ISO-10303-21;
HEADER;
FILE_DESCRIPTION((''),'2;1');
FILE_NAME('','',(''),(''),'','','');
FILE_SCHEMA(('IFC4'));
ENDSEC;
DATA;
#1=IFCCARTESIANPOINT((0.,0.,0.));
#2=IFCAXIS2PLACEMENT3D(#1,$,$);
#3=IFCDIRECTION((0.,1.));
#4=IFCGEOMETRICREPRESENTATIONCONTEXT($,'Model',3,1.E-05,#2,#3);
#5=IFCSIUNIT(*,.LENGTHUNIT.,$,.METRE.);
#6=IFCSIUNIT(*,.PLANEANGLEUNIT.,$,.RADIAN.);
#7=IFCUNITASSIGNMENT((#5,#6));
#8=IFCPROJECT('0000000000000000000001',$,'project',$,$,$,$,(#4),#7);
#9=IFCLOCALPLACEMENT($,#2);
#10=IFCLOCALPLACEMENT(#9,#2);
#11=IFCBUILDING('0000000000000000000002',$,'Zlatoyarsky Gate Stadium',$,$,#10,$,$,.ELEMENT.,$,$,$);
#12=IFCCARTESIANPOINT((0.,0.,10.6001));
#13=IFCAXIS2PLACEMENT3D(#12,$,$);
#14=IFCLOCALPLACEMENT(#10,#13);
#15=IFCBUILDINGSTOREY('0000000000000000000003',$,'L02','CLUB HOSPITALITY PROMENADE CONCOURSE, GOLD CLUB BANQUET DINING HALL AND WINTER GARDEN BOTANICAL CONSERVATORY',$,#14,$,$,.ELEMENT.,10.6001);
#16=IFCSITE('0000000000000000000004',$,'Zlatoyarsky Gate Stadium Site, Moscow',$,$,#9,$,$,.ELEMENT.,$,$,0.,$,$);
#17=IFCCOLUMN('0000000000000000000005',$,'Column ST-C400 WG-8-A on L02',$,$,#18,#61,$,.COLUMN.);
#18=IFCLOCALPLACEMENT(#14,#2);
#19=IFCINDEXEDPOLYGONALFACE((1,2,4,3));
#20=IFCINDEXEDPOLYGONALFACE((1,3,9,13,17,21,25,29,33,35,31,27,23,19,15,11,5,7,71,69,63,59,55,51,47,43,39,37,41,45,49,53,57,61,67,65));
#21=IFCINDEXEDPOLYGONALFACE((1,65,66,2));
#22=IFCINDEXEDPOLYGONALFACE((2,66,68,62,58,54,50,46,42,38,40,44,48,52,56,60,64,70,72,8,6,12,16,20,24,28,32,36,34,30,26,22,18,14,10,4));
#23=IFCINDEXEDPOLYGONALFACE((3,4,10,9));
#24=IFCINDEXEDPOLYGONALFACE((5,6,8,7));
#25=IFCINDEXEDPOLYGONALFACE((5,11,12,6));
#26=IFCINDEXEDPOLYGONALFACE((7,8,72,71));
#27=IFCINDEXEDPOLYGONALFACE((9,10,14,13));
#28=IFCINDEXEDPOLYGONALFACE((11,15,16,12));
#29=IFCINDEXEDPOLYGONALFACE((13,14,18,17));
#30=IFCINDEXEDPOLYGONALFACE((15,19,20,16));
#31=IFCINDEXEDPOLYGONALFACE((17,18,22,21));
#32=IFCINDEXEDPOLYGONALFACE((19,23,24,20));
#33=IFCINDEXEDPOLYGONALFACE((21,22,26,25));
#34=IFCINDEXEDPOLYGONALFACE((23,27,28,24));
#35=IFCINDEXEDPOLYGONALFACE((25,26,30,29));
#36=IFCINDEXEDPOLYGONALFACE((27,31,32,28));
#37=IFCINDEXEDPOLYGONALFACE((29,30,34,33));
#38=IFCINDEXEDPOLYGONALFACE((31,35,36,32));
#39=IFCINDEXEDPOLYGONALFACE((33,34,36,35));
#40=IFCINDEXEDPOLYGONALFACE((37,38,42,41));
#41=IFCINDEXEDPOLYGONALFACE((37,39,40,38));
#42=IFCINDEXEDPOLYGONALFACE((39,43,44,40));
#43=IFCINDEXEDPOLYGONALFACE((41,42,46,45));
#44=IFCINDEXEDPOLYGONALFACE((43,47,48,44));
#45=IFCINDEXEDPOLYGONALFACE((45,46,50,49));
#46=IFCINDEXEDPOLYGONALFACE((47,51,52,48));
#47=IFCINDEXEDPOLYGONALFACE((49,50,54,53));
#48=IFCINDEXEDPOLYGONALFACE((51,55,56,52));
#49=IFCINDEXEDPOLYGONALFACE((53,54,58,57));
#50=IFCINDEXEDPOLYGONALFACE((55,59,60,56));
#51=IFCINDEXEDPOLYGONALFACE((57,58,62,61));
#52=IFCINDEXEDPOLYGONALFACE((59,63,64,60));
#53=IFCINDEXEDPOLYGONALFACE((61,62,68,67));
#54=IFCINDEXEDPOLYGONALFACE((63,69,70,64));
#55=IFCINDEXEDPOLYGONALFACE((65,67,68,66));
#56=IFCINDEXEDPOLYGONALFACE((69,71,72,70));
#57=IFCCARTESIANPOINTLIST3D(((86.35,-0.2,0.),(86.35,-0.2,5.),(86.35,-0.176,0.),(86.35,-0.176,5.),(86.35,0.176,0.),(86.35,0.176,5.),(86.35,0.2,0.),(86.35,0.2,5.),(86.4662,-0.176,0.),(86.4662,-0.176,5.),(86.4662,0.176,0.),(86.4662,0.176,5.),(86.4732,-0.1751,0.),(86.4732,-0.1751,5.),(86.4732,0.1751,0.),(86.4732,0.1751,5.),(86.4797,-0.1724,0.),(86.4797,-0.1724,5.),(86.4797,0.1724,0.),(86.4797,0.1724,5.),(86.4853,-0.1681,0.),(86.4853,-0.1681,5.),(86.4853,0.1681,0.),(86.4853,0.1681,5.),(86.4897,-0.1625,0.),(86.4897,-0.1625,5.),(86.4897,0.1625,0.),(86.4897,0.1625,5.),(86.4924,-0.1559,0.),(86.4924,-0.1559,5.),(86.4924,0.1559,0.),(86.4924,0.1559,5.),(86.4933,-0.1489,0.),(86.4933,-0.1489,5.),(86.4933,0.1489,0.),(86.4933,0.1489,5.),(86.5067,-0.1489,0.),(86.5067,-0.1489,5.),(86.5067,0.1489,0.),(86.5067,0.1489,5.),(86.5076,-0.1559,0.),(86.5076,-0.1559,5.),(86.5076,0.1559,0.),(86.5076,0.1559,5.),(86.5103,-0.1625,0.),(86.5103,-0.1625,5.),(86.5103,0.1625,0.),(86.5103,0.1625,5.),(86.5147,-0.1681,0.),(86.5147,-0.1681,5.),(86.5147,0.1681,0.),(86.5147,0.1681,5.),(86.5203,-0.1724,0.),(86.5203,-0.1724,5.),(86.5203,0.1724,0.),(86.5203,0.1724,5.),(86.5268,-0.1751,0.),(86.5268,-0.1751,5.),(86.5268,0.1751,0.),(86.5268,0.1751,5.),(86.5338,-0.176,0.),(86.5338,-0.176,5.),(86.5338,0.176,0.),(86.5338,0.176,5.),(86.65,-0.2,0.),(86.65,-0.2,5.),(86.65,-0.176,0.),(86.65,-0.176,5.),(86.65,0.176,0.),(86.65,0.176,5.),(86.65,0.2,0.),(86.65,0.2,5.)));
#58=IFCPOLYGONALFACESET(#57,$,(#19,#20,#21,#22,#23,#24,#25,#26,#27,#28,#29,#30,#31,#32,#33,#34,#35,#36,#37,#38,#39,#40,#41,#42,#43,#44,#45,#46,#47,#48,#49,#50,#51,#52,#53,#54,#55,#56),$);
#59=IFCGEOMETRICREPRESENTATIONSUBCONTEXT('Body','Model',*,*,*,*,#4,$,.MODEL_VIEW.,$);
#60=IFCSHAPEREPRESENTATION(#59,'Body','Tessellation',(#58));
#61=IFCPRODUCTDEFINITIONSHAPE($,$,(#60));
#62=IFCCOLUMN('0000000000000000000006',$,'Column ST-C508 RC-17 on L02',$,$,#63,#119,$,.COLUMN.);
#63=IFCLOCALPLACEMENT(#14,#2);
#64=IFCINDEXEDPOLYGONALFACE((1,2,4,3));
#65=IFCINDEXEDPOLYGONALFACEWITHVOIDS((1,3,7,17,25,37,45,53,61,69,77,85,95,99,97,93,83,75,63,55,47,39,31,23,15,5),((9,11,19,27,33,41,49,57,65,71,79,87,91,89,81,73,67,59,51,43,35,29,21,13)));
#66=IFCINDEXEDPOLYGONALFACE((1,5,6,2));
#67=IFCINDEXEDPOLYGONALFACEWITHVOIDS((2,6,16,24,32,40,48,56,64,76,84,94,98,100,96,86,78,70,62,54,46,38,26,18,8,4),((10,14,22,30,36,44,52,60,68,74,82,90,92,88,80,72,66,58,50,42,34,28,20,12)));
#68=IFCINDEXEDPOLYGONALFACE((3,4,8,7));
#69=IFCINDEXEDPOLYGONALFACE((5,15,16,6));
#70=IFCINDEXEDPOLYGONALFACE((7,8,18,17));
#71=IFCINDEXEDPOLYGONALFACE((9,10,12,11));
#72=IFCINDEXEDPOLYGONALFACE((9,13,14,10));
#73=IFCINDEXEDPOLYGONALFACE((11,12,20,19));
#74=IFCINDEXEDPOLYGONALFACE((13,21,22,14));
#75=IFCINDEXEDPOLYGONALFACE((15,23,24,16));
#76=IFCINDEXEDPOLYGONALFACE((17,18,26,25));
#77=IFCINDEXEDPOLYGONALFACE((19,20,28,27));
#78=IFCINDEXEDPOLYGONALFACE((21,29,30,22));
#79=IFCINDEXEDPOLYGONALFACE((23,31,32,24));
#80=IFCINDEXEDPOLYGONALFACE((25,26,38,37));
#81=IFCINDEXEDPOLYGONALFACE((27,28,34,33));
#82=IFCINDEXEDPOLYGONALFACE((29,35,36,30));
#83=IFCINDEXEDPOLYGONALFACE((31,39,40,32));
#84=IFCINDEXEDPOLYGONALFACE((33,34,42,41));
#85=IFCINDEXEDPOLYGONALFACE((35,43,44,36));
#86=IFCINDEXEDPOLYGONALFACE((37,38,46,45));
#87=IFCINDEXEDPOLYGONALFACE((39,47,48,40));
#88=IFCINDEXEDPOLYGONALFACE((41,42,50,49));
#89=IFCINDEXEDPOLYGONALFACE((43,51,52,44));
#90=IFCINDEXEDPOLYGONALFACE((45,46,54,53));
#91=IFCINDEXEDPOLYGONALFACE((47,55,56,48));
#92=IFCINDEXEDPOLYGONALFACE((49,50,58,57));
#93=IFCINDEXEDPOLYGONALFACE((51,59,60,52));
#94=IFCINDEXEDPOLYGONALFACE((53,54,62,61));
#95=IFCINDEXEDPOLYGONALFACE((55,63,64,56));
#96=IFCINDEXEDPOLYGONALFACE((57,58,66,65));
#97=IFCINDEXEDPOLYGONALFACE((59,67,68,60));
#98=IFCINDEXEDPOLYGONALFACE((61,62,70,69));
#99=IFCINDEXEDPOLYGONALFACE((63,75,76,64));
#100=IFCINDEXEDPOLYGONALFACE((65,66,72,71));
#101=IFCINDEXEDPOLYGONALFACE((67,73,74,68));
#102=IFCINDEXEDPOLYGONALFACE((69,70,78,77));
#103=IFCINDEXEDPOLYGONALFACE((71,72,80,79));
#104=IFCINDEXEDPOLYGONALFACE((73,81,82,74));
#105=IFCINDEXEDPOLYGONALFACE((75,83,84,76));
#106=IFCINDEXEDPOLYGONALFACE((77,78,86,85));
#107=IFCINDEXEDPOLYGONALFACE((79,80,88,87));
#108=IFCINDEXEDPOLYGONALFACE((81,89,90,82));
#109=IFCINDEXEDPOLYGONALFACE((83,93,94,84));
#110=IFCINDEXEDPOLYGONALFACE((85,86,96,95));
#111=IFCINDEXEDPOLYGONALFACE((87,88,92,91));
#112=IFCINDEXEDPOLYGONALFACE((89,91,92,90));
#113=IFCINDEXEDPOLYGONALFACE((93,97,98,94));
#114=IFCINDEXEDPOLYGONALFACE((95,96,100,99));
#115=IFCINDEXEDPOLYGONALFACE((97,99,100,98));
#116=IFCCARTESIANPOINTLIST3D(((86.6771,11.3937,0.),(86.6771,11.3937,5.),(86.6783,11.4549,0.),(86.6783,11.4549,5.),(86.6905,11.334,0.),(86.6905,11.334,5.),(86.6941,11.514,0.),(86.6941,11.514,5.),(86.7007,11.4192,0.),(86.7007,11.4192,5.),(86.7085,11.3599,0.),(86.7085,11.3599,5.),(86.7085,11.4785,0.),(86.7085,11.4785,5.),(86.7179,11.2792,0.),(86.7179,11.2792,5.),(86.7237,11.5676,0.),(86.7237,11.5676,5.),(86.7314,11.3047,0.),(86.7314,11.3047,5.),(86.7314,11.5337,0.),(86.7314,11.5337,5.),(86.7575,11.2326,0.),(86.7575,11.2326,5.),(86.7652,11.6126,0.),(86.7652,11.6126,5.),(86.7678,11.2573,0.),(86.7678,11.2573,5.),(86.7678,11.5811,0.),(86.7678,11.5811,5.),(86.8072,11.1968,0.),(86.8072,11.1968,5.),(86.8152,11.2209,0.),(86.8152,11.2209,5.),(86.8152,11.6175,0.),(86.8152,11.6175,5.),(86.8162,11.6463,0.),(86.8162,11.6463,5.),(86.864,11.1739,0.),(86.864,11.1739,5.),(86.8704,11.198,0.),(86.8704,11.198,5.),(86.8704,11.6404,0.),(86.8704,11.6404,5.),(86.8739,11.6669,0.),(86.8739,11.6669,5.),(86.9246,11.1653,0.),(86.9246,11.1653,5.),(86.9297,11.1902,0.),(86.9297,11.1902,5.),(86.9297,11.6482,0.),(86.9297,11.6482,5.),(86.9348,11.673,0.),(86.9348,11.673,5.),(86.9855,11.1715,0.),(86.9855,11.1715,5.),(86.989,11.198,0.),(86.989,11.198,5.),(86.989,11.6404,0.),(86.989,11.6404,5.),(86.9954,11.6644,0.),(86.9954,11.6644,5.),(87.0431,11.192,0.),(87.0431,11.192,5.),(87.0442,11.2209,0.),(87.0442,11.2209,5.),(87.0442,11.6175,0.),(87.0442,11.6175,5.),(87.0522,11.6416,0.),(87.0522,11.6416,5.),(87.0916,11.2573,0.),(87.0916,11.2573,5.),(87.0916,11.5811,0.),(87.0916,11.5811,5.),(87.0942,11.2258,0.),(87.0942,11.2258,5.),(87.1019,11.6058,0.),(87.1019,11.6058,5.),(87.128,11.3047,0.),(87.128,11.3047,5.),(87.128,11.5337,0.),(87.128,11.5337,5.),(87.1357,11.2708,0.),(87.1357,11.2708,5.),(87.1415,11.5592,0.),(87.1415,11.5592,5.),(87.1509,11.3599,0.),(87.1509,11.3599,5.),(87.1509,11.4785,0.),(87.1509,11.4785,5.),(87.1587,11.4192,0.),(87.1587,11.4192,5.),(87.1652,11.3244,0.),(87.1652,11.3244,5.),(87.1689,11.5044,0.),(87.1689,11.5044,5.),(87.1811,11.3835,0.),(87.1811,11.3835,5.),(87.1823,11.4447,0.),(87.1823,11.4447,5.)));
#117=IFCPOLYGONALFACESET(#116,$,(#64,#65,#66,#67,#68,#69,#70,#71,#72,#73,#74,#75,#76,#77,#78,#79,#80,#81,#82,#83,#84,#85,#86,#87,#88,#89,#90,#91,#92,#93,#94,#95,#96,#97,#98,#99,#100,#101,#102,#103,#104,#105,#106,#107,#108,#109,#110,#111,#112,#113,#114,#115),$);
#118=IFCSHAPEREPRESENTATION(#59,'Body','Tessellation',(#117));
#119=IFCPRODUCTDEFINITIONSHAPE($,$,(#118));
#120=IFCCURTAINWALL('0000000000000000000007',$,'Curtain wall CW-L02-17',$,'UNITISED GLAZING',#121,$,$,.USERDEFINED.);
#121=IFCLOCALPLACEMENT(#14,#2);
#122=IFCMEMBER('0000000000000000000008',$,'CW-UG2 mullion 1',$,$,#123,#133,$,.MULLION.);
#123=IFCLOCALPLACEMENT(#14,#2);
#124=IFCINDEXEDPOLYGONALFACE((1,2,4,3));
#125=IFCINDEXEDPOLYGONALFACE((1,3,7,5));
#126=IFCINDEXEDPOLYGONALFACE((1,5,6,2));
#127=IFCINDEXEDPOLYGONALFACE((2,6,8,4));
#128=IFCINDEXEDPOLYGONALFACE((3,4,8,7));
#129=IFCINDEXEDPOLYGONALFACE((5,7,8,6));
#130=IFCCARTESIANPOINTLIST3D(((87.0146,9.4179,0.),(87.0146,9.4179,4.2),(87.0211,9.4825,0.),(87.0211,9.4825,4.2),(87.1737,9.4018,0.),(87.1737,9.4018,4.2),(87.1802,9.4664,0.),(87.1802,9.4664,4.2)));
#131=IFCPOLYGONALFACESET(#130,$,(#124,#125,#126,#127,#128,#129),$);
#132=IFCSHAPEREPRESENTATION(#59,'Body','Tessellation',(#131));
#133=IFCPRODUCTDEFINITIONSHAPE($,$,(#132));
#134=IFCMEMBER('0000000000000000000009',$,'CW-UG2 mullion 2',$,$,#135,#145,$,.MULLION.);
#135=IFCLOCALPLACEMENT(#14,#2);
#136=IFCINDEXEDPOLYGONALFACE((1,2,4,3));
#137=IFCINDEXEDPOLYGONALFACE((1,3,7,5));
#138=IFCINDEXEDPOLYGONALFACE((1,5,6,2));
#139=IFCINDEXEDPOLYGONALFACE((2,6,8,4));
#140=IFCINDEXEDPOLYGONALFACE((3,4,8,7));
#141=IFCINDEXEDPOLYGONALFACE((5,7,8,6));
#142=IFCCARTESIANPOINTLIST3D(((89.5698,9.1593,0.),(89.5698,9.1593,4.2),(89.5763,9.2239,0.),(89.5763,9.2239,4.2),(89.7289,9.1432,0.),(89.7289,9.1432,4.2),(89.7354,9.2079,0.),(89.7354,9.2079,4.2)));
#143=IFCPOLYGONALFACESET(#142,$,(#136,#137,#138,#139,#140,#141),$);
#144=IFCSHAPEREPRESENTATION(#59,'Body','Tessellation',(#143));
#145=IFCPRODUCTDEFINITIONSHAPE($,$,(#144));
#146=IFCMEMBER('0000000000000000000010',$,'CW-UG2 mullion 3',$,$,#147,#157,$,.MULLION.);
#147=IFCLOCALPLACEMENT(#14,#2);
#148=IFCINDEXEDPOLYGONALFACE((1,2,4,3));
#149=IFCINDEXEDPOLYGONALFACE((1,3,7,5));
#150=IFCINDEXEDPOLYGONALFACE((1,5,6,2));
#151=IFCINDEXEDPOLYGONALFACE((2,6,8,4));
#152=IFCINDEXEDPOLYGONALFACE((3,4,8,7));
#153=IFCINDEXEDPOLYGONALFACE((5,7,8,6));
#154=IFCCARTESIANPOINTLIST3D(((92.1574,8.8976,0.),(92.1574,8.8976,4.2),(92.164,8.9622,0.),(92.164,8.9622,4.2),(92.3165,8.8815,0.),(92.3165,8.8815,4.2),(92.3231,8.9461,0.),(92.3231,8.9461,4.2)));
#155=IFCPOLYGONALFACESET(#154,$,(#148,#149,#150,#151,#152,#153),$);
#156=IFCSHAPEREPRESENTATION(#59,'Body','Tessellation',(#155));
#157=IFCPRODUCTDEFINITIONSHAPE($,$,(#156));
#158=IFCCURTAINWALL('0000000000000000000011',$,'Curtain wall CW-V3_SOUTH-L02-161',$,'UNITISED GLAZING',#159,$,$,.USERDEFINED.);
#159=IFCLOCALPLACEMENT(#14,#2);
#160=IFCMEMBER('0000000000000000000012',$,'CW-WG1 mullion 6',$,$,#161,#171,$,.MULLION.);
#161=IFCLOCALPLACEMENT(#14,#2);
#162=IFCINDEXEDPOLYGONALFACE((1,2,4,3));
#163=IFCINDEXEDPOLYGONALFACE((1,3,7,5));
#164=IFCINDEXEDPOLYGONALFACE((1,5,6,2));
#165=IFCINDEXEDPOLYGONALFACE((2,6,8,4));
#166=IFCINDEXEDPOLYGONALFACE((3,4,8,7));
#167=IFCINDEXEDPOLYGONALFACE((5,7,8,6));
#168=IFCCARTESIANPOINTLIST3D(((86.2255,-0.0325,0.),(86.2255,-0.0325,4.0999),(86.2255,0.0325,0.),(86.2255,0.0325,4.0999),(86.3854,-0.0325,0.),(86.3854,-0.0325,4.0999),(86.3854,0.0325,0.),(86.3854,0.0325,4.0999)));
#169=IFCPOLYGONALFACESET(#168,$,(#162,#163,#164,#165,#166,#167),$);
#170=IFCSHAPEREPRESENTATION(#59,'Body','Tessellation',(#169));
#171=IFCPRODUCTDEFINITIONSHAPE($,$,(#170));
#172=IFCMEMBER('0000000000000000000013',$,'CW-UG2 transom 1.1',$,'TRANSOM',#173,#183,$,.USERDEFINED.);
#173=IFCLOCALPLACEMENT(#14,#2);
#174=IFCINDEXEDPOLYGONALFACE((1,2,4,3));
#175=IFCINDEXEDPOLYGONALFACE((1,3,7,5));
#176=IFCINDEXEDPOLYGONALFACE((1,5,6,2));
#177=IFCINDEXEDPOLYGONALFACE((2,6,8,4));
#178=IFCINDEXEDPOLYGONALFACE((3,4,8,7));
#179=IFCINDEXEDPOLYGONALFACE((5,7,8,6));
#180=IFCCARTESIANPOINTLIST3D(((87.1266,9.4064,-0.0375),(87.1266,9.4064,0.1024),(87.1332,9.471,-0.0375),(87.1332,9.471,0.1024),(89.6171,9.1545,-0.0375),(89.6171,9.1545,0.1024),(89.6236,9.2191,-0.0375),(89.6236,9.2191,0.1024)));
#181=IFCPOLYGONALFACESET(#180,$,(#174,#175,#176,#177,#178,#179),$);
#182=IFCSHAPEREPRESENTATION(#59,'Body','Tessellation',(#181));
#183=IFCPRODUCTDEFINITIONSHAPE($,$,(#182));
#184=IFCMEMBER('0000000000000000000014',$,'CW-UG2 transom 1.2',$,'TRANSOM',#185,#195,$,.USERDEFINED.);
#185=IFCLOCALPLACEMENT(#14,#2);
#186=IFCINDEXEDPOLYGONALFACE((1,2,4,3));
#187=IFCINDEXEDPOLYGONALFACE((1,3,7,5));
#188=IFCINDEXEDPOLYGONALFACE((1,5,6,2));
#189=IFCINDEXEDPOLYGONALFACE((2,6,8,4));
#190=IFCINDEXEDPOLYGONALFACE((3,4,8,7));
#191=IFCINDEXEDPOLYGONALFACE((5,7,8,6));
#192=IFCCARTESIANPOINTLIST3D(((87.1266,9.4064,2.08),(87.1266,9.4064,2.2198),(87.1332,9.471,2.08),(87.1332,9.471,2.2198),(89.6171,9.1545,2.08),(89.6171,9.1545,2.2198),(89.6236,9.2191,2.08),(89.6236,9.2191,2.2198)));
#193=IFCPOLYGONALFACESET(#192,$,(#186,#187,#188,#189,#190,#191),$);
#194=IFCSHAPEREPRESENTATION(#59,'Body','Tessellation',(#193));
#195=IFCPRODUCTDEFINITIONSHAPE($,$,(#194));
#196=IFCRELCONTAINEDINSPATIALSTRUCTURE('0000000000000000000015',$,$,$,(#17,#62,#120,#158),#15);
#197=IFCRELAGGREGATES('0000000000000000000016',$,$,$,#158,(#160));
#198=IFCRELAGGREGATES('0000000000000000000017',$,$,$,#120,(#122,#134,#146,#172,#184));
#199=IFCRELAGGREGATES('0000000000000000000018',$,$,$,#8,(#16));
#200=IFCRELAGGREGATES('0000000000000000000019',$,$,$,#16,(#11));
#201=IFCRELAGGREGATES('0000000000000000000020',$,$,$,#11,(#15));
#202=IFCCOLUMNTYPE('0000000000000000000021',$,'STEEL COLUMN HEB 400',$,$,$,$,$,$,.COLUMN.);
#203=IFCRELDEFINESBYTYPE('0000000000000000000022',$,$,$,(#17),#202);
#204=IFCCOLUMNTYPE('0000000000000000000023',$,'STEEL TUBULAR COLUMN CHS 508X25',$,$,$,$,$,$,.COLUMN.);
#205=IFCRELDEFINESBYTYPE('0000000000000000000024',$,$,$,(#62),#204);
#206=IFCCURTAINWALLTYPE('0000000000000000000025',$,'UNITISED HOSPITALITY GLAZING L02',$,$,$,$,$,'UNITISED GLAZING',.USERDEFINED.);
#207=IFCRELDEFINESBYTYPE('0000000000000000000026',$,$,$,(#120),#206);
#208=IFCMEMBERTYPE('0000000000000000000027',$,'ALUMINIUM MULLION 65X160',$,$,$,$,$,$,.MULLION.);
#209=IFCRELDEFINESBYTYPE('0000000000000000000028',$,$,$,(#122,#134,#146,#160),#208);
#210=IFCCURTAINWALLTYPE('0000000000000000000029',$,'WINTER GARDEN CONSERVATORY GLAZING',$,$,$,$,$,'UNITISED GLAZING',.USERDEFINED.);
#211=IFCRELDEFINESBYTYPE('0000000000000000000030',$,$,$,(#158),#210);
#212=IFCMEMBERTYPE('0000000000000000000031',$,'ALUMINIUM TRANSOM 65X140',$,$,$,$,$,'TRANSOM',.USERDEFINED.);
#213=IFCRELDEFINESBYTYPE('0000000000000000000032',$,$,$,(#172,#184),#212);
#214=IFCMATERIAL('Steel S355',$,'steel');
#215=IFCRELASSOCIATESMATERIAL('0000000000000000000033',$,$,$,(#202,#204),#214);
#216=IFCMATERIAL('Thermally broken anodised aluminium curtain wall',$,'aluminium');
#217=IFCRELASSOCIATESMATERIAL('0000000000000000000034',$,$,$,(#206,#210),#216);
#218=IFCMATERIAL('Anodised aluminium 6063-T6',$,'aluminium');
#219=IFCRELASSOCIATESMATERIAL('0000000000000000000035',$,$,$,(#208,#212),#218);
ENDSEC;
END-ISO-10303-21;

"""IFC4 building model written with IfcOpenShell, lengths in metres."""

from ifc_helpers import new_model, si_unit, direction, frame, origin, origin_2d, place, context, subcontext, project, spatial, rectangle, hollow_circle, i_section, extrude, material, material_profile, profile_set, type_object, element, aggregate, save


model = new_model("IFC4")

# Units and contexts
model_context = context("Model", 3, precision=1e-05, world=origin(), true_north=direction((0.0, 1.0)))
body_context = subcontext(model_context, "Body", "Model", "MODEL_VIEW")
ifc_project = project(units=[si_unit("LENGTHUNIT", "METRE"), si_unit("PLANEANGLEUNIT", "RADIAN")], contexts=[model_context])

# Site, building, storey
site_placement = place(None, origin())
site = spatial("IfcSite", under=ifc_project, at=site_placement, Name="Zlatoyarsky Gate Stadium Site, Moscow", CompositionType="ELEMENT", RefElevation=0.0)
building_placement = place(site_placement, origin())
building = spatial("IfcBuilding", under=site, at=building_placement, Name="Zlatoyarsky Gate Stadium", CompositionType="ELEMENT")
storey_placement = place(building_placement, frame((0.0, 0.0, 10.6001)))
storey = spatial("IfcBuildingStorey", under=building, at=storey_placement, Name="L02", Description="CLUB HOSPITALITY PROMENADE CONCOURSE, GOLD CLUB BANQUET DINING HALL AND WINTER GARDEN BOTANICAL CONSERVATORY", CompositionType="ELEMENT", Elevation=10.6001)

# Columns
ifc_material_1 = material(Name="Steel S355", Category="steel")
ifc_material_profile_1 = material_profile(ifc_material_1, i_section(OverallWidth=0.3, OverallDepth=0.3999, WebThickness=0.0134, FlangeThickness=0.0239, FilletRadius=0.0271, at=origin_2d()), Name="HEB 400")
ifc_profile_set_1 = profile_set([ifc_material_profile_1], Name="Steel S355")
column_type_1 = type_object("IfcColumnType", Name="STEEL COLUMN HEB 400", PredefinedType="COLUMN", material=ifc_profile_set_1)
column_1_placement = place(storey_placement, frame((86.5, 0.0, 0.0), z_axis=(0.0, 0.0, 1.0), x_axis=(1.0, 0.0, 0.0)))
element("IfcColumn", 1, at=column_1_placement, inside=storey, type_object=column_type_1, Name="Column ST-C400 WG-8-A on L02", PredefinedType="COLUMN", context=body_context, shape_type="SweptSolid", body=[
    extrude(i_section(OverallWidth=0.3, OverallDepth=0.3999, WebThickness=0.0134, FlangeThickness=0.0239, FilletRadius=0.0271, at=origin_2d()), origin(), (0.0, 0.0, 1.0), 5.0),
])
ifc_material_profile_2 = material_profile(ifc_material_1, hollow_circle(Radius=0.2539, WallThickness=0.0249, at=origin_2d()), Name="CHS 508X25")
ifc_profile_set_2 = profile_set([ifc_material_profile_2], Name="Steel S355")
column_type_2 = type_object("IfcColumnType", Name="STEEL TUBULAR COLUMN CHS 508X25", PredefinedType="COLUMN", material=ifc_profile_set_2)
column_2_placement = place(storey_placement, frame((86.9297, 11.4192, 0.0), z_axis=(0.0, 0.0, 1.0), x_axis=(-0.258819, -0.965926, 0.0)))
element("IfcColumn", 2, at=column_2_placement, inside=storey, type_object=column_type_2, Name="Column ST-C508 RC-17 on L02", PredefinedType="COLUMN", context=body_context, shape_type="SweptSolid", body=[
    extrude(hollow_circle(Radius=0.2539, WallThickness=0.0249, at=origin_2d()), origin(), (0.0, 0.0, 1.0), 5.0),
])

# Curtain wall, members
ifc_material_2 = material(Name="Thermally broken anodised aluminium curtain wall", Category="aluminium")
curtain_wall_type_1 = type_object("IfcCurtainWallType", Name="UNITISED HOSPITALITY GLAZING L02", ElementType="UNITISED GLAZING", PredefinedType="USERDEFINED", material=ifc_material_2)
curtain_wall_1_placement = place(storey_placement, origin())
curtain_wall_1 = element("IfcCurtainWall", 3, at=curtain_wall_1_placement, inside=storey, type_object=curtain_wall_type_1, Name="Curtain wall CW-L02-17", ObjectType="UNITISED GLAZING", PredefinedType="USERDEFINED")
ifc_material_3 = material(Name="Anodised aluminium 6063-T6", Category="aluminium")
ifc_material_profile_3 = material_profile(ifc_material_3, rectangle(XDim=0.0649, YDim=0.1599, at=origin_2d()), Name="ALU 65X160")
ifc_profile_set_3 = profile_set([ifc_material_profile_3], Name="Anodised aluminium 6063-T6")
member_type_1 = type_object("IfcMemberType", Name="ALUMINIUM MULLION 65X160", PredefinedType="MULLION", material=ifc_profile_set_3)
member_1_placement = place(storey_placement, frame((87.0974, 9.4421, 0.0), z_axis=(0.0, 0.0, 1.0), x_axis=(0.100645, 0.994922, 0.0)))
member_1 = element("IfcMember", 4, at=member_1_placement, type_object=member_type_1, Name="CW-UG2 mullion 1", PredefinedType="MULLION", context=body_context, shape_type="SweptSolid", body=[
    extrude(rectangle(XDim=0.0649, YDim=0.1599, at=origin_2d()), origin(), (0.0, 0.0, 1.0), 4.2),
])
member_2_placement = place(storey_placement, frame((89.6526, 9.1836, 0.0), z_axis=(0.0, 0.0, 1.0), x_axis=(0.100645, 0.994922, 0.0)))
member_2 = element("IfcMember", 5, at=member_2_placement, type_object=member_type_1, Name="CW-UG2 mullion 2", PredefinedType="MULLION", context=body_context, shape_type="SweptSolid", body=[
    extrude(rectangle(XDim=0.0649, YDim=0.1599, at=origin_2d()), origin(), (0.0, 0.0, 1.0), 4.2),
])
member_3_placement = place(storey_placement, frame((92.2402, 8.9219, 0.0), z_axis=(0.0, 0.0, 1.0), x_axis=(0.100645, 0.994922, 0.0)))
member_3 = element("IfcMember", 6, at=member_3_placement, type_object=member_type_1, Name="CW-UG2 mullion 3", PredefinedType="MULLION", context=body_context, shape_type="SweptSolid", body=[
    extrude(rectangle(XDim=0.0649, YDim=0.1599, at=origin_2d()), origin(), (0.0, 0.0, 1.0), 4.2),
])

# Curtain wall, member
curtain_wall_type_2 = type_object("IfcCurtainWallType", Name="WINTER GARDEN CONSERVATORY GLAZING", ElementType="UNITISED GLAZING", PredefinedType="USERDEFINED", material=ifc_material_2)
curtain_wall_2_placement = place(storey_placement, origin())
curtain_wall_2 = element("IfcCurtainWall", 7, at=curtain_wall_2_placement, inside=storey, type_object=curtain_wall_type_2, Name="Curtain wall CW-V3_SOUTH-L02-161", ObjectType="UNITISED GLAZING", PredefinedType="USERDEFINED")
member_4_placement = place(storey_placement, frame((86.3054, 0.0, 0.0), z_axis=(0.0, 0.0, 1.0), x_axis=(0.0, 1.0, 0.0)))
member_4 = element("IfcMember", 8, at=member_4_placement, type_object=member_type_1, Name="CW-WG1 mullion 6", PredefinedType="MULLION", context=body_context, shape_type="SweptSolid", body=[
    extrude(rectangle(XDim=0.0649, YDim=0.1599, at=origin_2d()), origin(), (0.0, 0.0, 1.0), 4.0999),
])
aggregate(curtain_wall_2, [member_4])

# Members
ifc_material_profile_4 = material_profile(ifc_material_3, rectangle(XDim=0.0649, YDim=0.1399, at=origin_2d()), Name="ALU 65X140")
ifc_profile_set_4 = profile_set([ifc_material_profile_4], Name="Anodised aluminium 6063-T6")
member_type_2 = type_object("IfcMemberType", Name="ALUMINIUM TRANSOM 65X140", ElementType="TRANSOM", PredefinedType="USERDEFINED", material=ifc_profile_set_4)
member_5_placement = place(storey_placement, frame((87.1299, 9.4387, 0.0325), z_axis=(0.994922, -0.100653, 0.0), x_axis=(0.100653, 0.994922, 0.0)))
member_5 = element("IfcMember", 9, at=member_5_placement, type_object=member_type_2, Name="CW-UG2 transom 1.1", ObjectType="TRANSOM", PredefinedType="USERDEFINED", context=body_context, shape_type="SweptSolid", body=[
    extrude(rectangle(XDim=0.0649, YDim=0.1399, at=origin_2d()), origin(), (0.0, 0.0, 1.0), 2.5032),
])
member_6_placement = place(storey_placement, frame((87.1299, 9.4387, 2.1499), z_axis=(0.994922, -0.100653, 0.0), x_axis=(0.100653, 0.994922, 0.0)))
member_6 = element("IfcMember", 10, at=member_6_placement, type_object=member_type_2, Name="CW-UG2 transom 1.2", ObjectType="TRANSOM", PredefinedType="USERDEFINED", context=body_context, shape_type="SweptSolid", body=[
    extrude(rectangle(XDim=0.0649, YDim=0.1399, at=origin_2d()), origin(), (0.0, 0.0, 1.0), 2.5032),
])

aggregate(curtain_wall_1, [member_1, member_2, member_3, member_5, member_6])

save(model, "model.ifc")
